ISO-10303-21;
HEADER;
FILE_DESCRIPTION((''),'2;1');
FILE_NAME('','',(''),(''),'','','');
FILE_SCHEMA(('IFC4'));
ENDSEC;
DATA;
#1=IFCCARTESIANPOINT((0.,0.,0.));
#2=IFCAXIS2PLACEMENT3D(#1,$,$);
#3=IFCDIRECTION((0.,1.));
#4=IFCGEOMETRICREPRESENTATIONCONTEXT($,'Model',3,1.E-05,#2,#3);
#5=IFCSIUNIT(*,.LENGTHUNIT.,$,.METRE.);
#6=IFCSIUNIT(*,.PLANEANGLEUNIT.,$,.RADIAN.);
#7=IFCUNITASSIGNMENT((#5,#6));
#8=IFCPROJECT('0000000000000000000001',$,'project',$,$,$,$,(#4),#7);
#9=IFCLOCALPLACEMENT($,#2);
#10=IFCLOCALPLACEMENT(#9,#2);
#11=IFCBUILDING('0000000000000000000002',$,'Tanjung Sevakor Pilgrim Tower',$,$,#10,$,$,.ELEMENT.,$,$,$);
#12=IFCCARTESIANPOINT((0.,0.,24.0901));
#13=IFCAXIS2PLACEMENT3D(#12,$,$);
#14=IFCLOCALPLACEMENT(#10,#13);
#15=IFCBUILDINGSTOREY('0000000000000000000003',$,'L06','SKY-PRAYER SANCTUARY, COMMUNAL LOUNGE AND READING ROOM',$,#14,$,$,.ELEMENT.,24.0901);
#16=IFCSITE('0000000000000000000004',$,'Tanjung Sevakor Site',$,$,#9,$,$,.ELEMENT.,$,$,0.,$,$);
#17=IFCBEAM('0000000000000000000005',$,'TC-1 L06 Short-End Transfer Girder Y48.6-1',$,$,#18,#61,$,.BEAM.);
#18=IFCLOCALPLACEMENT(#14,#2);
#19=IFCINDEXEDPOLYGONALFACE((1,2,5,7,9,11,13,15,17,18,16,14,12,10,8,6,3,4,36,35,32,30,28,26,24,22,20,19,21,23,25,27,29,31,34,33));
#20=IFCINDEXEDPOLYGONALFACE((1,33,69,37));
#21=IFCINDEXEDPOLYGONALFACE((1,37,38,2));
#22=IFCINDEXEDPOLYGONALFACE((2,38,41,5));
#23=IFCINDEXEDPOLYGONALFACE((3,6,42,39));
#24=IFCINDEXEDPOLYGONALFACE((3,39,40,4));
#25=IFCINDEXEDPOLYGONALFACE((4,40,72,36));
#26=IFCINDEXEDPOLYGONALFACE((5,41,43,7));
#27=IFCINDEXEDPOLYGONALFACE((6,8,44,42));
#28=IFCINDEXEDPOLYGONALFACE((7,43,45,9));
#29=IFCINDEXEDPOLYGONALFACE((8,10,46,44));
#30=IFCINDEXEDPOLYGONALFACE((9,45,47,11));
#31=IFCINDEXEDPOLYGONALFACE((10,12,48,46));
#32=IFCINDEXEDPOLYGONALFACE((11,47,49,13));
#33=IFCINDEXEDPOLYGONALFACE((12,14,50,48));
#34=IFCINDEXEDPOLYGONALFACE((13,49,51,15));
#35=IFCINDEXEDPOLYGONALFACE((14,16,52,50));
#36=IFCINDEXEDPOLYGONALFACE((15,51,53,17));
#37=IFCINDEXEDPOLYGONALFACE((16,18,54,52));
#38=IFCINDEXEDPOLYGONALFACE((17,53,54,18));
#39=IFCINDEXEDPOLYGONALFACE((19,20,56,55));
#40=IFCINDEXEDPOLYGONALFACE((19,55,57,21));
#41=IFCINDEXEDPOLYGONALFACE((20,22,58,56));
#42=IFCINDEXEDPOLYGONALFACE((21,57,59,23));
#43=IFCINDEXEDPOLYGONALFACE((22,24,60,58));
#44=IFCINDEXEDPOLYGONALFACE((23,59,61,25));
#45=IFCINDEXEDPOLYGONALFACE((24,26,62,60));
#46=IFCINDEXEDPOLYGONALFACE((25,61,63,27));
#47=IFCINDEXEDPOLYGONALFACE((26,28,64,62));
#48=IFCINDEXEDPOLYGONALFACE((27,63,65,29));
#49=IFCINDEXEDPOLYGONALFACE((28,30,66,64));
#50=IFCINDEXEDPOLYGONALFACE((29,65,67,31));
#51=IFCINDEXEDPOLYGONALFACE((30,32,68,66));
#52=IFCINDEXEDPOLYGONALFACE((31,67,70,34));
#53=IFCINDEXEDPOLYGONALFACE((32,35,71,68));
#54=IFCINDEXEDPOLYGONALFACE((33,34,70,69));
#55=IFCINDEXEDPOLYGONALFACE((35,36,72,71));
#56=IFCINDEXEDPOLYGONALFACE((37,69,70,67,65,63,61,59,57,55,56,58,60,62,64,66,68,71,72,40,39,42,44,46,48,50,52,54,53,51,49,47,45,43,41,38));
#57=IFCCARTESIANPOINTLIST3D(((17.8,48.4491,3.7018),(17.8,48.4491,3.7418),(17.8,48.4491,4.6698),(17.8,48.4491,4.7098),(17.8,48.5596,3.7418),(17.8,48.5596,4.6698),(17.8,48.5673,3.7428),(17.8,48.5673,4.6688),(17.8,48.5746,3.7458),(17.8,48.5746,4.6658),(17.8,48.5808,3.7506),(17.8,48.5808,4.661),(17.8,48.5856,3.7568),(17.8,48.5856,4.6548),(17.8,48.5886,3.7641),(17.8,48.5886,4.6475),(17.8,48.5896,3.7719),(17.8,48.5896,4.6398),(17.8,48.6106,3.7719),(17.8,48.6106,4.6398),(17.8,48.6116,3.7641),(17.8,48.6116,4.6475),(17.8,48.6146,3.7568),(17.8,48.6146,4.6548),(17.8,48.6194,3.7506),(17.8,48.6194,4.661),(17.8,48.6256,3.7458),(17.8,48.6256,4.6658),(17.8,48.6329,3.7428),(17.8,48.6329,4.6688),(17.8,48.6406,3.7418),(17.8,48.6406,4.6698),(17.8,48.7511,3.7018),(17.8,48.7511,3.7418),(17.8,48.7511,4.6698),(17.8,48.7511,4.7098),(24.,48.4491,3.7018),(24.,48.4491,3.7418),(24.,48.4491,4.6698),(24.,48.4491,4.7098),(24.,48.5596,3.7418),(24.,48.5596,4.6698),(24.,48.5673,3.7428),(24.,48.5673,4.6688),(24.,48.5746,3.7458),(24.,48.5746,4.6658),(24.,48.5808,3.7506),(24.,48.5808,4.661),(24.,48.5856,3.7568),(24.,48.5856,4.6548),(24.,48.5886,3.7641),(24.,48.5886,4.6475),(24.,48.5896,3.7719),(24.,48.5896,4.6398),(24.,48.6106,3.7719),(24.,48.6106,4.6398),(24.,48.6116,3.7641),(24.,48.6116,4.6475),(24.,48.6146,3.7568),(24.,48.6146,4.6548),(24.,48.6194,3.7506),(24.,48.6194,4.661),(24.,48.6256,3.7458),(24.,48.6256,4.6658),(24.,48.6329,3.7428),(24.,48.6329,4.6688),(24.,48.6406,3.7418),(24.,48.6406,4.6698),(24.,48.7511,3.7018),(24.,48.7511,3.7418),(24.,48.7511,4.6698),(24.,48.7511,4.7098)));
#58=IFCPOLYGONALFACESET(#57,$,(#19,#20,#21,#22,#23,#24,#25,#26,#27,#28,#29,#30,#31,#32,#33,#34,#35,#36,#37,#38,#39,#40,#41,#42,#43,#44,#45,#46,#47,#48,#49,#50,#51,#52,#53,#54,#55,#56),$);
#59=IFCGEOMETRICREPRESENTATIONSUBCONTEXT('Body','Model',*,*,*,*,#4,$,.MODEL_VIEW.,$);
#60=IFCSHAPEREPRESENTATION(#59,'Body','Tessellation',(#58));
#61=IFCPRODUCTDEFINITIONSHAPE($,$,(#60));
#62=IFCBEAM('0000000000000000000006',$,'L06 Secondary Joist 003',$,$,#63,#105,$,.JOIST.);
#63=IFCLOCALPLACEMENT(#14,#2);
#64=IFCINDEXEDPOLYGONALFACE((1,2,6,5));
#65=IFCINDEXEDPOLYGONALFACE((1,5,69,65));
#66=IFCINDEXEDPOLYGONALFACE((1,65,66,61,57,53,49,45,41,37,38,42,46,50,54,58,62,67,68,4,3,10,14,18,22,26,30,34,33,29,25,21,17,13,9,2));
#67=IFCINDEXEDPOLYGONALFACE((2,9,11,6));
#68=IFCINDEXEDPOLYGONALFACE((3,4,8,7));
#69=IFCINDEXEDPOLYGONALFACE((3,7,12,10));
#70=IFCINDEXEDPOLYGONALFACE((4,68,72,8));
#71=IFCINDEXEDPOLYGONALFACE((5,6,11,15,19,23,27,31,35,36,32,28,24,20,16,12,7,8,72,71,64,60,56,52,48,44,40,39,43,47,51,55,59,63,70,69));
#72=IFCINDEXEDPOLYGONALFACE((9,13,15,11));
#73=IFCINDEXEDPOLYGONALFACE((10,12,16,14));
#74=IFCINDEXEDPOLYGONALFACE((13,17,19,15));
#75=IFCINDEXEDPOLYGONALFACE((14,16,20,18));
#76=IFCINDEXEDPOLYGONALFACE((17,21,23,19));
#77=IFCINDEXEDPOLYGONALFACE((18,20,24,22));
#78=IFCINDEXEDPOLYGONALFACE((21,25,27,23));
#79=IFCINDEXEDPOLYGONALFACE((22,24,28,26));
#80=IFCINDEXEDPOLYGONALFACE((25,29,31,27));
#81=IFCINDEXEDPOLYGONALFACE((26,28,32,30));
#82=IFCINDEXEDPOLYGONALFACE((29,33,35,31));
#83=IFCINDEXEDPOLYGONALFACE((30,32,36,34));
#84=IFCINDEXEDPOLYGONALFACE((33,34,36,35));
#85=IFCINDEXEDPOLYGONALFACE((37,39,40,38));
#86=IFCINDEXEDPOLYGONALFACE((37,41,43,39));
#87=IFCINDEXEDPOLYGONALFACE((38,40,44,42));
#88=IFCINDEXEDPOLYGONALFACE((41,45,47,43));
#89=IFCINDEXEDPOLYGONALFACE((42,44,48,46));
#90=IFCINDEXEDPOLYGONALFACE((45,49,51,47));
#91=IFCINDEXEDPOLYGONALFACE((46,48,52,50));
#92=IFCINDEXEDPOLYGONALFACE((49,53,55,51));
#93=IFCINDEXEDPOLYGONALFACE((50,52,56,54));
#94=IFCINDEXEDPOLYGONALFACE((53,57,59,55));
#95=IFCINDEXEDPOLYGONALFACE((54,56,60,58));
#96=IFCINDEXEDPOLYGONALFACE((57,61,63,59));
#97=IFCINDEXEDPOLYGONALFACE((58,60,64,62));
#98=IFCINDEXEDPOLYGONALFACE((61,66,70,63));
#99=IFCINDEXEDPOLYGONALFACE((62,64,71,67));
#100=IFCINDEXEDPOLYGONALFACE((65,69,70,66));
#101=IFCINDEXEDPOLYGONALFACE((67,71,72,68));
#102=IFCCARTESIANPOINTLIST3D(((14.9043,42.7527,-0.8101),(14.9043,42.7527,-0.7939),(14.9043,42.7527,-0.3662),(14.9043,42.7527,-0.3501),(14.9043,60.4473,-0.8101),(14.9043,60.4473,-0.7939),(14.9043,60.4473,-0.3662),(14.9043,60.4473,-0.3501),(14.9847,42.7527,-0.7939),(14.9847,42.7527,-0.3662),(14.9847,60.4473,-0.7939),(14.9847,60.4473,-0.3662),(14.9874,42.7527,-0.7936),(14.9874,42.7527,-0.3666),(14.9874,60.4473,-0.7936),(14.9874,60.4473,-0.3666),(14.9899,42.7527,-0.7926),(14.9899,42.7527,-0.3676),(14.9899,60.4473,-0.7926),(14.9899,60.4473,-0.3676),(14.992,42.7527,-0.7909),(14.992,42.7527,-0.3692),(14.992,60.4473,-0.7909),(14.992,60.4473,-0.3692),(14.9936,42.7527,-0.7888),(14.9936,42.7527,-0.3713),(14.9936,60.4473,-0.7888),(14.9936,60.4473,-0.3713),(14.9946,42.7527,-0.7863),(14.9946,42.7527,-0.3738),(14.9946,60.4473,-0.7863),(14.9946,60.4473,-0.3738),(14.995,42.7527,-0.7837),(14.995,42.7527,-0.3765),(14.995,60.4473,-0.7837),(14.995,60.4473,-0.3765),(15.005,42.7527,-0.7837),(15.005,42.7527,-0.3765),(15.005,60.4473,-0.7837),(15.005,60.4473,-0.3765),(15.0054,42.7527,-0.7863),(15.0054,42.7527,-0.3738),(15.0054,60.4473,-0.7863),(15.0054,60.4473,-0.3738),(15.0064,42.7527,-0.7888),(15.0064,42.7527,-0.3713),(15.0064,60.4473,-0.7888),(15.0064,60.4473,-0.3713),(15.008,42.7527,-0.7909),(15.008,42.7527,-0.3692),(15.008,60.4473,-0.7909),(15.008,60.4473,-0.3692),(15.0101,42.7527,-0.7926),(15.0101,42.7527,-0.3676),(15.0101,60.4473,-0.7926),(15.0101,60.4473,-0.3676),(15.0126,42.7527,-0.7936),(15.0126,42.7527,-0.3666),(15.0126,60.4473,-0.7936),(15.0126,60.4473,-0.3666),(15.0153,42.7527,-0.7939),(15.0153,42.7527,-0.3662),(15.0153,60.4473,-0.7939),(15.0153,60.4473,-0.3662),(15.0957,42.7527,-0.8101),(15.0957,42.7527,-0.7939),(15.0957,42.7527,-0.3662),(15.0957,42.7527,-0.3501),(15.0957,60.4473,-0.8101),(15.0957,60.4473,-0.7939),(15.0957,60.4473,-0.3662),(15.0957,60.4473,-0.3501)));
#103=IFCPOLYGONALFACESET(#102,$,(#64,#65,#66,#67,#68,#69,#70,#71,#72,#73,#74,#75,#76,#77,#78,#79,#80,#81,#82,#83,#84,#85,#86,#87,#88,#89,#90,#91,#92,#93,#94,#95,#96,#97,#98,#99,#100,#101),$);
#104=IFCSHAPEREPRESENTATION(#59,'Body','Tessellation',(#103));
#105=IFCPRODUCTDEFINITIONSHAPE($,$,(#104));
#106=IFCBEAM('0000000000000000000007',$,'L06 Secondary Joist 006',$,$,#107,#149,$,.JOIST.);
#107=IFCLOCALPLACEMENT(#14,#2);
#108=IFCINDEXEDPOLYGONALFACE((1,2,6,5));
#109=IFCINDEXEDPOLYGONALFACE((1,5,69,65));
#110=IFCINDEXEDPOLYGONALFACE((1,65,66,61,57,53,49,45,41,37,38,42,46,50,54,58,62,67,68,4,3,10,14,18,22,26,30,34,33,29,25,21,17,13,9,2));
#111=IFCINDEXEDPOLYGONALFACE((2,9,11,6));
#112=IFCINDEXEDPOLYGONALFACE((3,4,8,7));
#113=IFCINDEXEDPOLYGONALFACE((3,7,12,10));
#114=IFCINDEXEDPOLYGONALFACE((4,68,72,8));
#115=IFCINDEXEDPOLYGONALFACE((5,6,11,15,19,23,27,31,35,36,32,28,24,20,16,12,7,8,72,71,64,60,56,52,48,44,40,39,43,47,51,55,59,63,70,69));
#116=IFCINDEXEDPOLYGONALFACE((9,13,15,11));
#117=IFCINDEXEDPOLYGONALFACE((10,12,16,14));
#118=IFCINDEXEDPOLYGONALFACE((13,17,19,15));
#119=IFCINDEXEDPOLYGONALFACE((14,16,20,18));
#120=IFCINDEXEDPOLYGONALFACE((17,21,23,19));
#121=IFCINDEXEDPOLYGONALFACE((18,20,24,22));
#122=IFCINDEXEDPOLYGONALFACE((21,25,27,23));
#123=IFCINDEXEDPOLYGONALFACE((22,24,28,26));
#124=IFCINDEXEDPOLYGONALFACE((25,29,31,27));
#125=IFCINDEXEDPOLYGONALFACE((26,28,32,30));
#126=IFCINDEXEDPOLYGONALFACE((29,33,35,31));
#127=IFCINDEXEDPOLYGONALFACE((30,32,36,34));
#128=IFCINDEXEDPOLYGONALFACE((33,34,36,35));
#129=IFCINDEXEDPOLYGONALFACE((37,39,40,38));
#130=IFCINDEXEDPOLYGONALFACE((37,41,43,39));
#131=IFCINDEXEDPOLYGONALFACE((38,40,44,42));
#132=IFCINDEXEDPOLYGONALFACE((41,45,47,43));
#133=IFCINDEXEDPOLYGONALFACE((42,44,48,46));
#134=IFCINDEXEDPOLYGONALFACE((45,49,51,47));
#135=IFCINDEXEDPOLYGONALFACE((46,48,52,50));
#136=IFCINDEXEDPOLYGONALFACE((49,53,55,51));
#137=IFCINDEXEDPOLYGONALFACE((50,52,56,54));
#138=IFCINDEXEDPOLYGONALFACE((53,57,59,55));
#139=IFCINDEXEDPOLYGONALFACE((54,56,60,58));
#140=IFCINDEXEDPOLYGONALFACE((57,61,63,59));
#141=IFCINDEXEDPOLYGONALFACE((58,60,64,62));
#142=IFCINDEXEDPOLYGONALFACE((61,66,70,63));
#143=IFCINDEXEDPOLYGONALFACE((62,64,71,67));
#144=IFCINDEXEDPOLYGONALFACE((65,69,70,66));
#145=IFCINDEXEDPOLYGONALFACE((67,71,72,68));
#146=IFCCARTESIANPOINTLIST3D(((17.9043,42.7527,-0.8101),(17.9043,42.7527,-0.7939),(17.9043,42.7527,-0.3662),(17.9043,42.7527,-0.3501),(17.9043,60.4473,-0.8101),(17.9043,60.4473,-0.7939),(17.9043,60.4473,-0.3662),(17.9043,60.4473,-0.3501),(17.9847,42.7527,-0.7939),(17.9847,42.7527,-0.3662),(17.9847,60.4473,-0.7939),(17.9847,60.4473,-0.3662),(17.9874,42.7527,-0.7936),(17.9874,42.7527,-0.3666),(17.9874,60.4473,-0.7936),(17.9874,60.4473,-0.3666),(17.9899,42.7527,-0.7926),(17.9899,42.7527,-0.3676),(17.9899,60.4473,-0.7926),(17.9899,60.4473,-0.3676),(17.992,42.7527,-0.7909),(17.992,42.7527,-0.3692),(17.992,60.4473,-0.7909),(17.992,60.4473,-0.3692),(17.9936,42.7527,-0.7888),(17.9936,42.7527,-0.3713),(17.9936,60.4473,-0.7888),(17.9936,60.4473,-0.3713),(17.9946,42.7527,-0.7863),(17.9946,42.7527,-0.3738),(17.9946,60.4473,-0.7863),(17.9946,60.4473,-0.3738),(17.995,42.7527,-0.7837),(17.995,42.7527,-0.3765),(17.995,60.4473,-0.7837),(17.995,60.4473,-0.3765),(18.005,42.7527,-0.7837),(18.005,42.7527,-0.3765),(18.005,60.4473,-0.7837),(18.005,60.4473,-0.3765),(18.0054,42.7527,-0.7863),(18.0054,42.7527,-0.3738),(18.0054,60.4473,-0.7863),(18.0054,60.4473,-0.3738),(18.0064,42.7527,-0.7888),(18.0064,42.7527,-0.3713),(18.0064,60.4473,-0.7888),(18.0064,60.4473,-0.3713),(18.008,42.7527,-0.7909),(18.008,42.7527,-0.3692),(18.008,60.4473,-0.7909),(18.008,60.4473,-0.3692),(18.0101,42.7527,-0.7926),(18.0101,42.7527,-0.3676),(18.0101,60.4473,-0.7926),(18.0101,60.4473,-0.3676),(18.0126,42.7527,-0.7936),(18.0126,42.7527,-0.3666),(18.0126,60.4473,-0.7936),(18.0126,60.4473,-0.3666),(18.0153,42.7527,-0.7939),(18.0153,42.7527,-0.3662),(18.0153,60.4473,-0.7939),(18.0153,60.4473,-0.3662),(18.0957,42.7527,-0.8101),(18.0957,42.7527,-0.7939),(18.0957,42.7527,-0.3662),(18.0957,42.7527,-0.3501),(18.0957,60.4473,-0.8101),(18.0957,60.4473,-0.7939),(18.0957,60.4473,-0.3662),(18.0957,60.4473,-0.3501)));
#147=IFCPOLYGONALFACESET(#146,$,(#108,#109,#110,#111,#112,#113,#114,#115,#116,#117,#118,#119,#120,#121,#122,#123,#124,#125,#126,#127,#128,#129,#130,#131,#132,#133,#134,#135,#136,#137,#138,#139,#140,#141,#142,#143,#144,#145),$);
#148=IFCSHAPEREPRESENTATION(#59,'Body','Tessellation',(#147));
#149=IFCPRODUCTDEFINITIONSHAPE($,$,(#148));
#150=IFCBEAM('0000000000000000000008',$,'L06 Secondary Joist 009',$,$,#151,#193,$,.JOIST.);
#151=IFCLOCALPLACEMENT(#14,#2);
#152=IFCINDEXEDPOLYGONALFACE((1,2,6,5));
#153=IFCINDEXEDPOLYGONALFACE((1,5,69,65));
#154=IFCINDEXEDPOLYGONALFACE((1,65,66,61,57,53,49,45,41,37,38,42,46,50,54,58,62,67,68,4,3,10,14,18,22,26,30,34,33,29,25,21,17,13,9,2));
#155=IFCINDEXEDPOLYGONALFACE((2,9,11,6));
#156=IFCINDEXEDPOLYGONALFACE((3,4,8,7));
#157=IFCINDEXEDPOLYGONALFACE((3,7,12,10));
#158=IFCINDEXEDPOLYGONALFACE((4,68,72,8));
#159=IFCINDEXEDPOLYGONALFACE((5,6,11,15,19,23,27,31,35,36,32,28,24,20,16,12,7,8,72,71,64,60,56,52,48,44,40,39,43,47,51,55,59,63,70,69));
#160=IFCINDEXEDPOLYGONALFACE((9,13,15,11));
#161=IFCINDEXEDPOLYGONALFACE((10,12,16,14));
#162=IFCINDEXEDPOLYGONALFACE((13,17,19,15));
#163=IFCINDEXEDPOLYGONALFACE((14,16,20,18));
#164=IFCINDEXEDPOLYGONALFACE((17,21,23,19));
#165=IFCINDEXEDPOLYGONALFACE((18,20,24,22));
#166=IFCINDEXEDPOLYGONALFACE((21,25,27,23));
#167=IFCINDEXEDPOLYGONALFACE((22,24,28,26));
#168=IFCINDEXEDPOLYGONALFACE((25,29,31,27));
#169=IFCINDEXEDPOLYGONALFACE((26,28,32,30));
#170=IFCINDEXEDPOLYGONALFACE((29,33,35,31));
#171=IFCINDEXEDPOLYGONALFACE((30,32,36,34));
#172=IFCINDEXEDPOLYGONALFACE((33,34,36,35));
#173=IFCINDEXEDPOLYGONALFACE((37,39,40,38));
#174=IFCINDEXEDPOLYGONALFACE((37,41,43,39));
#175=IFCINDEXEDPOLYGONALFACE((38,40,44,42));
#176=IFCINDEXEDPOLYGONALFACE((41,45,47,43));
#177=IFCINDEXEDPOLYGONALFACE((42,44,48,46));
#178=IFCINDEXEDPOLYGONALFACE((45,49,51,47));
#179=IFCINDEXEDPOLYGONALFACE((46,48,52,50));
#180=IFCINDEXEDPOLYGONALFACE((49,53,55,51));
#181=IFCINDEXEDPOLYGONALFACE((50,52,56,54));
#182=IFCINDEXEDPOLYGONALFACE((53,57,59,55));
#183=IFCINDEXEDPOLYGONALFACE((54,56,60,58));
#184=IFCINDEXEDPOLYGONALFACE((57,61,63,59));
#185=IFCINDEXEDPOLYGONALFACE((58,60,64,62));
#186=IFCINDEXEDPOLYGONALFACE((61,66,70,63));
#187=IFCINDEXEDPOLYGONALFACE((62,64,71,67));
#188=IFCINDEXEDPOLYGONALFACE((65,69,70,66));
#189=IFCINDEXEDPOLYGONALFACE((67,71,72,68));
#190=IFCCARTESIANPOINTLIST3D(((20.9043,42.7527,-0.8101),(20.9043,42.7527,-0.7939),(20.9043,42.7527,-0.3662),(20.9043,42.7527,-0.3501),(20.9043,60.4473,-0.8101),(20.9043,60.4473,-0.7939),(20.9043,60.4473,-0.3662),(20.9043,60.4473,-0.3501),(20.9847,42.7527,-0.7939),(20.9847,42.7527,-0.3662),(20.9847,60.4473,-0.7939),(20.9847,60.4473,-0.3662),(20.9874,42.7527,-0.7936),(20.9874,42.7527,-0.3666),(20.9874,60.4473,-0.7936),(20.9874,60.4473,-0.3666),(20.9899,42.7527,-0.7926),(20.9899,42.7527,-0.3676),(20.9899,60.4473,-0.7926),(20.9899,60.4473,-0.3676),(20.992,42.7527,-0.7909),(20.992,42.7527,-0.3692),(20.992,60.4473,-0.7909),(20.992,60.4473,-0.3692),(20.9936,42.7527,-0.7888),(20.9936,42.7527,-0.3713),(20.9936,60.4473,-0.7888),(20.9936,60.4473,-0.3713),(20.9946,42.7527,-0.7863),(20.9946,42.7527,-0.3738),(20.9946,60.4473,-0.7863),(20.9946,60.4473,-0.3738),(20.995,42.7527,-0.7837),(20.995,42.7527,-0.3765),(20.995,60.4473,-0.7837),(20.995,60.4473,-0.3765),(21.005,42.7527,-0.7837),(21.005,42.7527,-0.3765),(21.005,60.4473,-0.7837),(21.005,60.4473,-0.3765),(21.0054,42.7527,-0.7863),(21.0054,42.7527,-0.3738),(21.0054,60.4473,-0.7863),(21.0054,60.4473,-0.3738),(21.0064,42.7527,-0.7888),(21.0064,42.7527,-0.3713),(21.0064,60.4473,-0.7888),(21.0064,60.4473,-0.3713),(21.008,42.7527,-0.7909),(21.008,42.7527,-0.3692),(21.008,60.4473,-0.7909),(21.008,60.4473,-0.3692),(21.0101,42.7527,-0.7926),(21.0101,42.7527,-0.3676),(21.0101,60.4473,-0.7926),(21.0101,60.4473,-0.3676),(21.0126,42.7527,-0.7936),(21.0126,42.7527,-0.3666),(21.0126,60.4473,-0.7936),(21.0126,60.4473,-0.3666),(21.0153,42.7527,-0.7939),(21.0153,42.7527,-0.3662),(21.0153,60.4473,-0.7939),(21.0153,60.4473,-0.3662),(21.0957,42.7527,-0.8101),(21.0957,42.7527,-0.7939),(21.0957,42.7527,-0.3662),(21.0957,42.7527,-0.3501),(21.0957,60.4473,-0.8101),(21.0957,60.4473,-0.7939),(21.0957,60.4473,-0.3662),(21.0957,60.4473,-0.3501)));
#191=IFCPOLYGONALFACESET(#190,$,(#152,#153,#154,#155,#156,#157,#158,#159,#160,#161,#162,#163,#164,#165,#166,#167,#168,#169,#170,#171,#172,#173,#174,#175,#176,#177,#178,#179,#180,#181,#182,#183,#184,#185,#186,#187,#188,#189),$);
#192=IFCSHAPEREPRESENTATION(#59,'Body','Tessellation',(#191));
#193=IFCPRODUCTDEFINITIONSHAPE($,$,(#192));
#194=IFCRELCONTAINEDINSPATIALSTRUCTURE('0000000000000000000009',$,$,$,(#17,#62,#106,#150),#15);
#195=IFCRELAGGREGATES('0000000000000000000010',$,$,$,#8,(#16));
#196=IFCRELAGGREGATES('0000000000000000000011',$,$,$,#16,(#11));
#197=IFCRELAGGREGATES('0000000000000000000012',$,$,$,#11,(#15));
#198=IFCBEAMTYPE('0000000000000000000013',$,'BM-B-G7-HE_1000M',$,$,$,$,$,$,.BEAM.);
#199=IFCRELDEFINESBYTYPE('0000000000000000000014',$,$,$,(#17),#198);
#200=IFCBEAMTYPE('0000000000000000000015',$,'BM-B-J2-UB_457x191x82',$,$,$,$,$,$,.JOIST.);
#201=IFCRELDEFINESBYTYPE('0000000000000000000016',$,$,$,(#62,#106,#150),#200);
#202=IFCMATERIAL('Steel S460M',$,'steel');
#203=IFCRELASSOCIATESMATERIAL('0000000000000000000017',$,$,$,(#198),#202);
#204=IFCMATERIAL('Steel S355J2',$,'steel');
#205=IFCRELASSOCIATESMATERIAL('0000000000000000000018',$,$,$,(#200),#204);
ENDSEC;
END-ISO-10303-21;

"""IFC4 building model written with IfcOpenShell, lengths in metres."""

from ifc_helpers import new_model, si_unit, direction, frame, origin, origin_2d, place, context, subcontext, project, spatial, i_section, extrude, material, material_profile, profile_set, type_object, element, save


model = new_model("IFC4")

# Units and contexts
model_context = context("Model", 3, precision=1e-05, world=origin(), true_north=direction((0.0, 1.0)))
body_context = subcontext(model_context, "Body", "Model", "MODEL_VIEW")
ifc_project = project(units=[si_unit("LENGTHUNIT", "METRE"), si_unit("PLANEANGLEUNIT", "RADIAN")], contexts=[model_context])

# Site, building, storey
site_placement = place(None, origin())
site = spatial("IfcSite", under=ifc_project, at=site_placement, Name="Tanjung Sevakor Site", CompositionType="ELEMENT", RefElevation=0.0)
building_placement = place(site_placement, origin())
building = spatial("IfcBuilding", under=site, at=building_placement, Name="Tanjung Sevakor Pilgrim Tower", CompositionType="ELEMENT")
storey_placement = place(building_placement, frame((0.0, 0.0, 24.0901)))
storey = spatial("IfcBuildingStorey", under=building, at=storey_placement, Name="L06", Description="SKY-PRAYER SANCTUARY, COMMUNAL LOUNGE AND READING ROOM", CompositionType="ELEMENT", Elevation=24.0901)

# Beams
ifc_material_1 = material(Name="Steel S460M", Category="steel")
ifc_material_profile_1 = material_profile(ifc_material_1, i_section(OverallWidth=0.302, OverallDepth=1.0081, WebThickness=0.021, FlangeThickness=0.04, FilletRadius=0.03, at=origin_2d()))
ifc_profile_set_1 = profile_set([ifc_material_profile_1], Name="Steel S460M")
beam_type_1 = type_object("IfcBeamType", Name="BM-B-G7-HE_1000M", PredefinedType="BEAM", material=ifc_profile_set_1)
beam_1_placement = place(storey_placement, frame((17.8, 48.6001, 4.2058), z_axis=(1.0, 0.0, 0.0), x_axis=(0.0, 1.0, 0.0)))
element("IfcBeam", 1, at=beam_1_placement, inside=storey, type_object=beam_type_1, Name="TC-1 L06 Short-End Transfer Girder Y48.6-1", PredefinedType="BEAM", context=body_context, shape_type="SweptSolid", body=[
    extrude(i_section(OverallWidth=0.302, OverallDepth=1.0081, WebThickness=0.021, FlangeThickness=0.04, FilletRadius=0.03, at=origin_2d()), origin(), (0.0, 0.0, 1.0), 6.2),
])
ifc_material_2 = material(Name="Steel S355J2", Category="steel")
ifc_material_profile_2 = material_profile(ifc_material_2, i_section(OverallWidth=0.1914, OverallDepth=0.46, WebThickness=0.01, FlangeThickness=0.0161, FilletRadius=0.0103, at=origin_2d()))
ifc_profile_set_2 = profile_set([ifc_material_profile_2], Name="Steel S355J2")
beam_type_2 = type_object("IfcBeamType", Name="BM-B-J2-UB_457x191x82", PredefinedType="JOIST", material=ifc_profile_set_2)
for number, where, z_axis, x_axis, name in (
    (2, (15.0, 42.7527, -0.5801), (0.0, 1.0, 0.0), (-1.0, 0.0, 0.0), "L06 Secondary Joist 003"),
    (3, (18.0, 42.7527, -0.5801), (0.0, 1.0, 0.0), (-1.0, 0.0, 0.0), "L06 Secondary Joist 006"),
    (4, (21.0, 42.7527, -0.5801), (0.0, 1.0, 0.0), (-1.0, 0.0, 0.0), "L06 Secondary Joist 009"),
):
    element("IfcBeam", number, at=place(storey_placement, frame(where, z_axis=z_axis, x_axis=x_axis)), inside=storey, type_object=beam_type_2, Name=name, PredefinedType="JOIST", context=body_context, shape_type="SweptSolid", body=[
        extrude(i_section(OverallWidth=0.1914, OverallDepth=0.46, WebThickness=0.01, FlangeThickness=0.0161, FilletRadius=0.0103, at=origin_2d()), origin(), (0.0, 0.0, 1.0), 17.6946),
    ])

save(model, "model.ifc")
